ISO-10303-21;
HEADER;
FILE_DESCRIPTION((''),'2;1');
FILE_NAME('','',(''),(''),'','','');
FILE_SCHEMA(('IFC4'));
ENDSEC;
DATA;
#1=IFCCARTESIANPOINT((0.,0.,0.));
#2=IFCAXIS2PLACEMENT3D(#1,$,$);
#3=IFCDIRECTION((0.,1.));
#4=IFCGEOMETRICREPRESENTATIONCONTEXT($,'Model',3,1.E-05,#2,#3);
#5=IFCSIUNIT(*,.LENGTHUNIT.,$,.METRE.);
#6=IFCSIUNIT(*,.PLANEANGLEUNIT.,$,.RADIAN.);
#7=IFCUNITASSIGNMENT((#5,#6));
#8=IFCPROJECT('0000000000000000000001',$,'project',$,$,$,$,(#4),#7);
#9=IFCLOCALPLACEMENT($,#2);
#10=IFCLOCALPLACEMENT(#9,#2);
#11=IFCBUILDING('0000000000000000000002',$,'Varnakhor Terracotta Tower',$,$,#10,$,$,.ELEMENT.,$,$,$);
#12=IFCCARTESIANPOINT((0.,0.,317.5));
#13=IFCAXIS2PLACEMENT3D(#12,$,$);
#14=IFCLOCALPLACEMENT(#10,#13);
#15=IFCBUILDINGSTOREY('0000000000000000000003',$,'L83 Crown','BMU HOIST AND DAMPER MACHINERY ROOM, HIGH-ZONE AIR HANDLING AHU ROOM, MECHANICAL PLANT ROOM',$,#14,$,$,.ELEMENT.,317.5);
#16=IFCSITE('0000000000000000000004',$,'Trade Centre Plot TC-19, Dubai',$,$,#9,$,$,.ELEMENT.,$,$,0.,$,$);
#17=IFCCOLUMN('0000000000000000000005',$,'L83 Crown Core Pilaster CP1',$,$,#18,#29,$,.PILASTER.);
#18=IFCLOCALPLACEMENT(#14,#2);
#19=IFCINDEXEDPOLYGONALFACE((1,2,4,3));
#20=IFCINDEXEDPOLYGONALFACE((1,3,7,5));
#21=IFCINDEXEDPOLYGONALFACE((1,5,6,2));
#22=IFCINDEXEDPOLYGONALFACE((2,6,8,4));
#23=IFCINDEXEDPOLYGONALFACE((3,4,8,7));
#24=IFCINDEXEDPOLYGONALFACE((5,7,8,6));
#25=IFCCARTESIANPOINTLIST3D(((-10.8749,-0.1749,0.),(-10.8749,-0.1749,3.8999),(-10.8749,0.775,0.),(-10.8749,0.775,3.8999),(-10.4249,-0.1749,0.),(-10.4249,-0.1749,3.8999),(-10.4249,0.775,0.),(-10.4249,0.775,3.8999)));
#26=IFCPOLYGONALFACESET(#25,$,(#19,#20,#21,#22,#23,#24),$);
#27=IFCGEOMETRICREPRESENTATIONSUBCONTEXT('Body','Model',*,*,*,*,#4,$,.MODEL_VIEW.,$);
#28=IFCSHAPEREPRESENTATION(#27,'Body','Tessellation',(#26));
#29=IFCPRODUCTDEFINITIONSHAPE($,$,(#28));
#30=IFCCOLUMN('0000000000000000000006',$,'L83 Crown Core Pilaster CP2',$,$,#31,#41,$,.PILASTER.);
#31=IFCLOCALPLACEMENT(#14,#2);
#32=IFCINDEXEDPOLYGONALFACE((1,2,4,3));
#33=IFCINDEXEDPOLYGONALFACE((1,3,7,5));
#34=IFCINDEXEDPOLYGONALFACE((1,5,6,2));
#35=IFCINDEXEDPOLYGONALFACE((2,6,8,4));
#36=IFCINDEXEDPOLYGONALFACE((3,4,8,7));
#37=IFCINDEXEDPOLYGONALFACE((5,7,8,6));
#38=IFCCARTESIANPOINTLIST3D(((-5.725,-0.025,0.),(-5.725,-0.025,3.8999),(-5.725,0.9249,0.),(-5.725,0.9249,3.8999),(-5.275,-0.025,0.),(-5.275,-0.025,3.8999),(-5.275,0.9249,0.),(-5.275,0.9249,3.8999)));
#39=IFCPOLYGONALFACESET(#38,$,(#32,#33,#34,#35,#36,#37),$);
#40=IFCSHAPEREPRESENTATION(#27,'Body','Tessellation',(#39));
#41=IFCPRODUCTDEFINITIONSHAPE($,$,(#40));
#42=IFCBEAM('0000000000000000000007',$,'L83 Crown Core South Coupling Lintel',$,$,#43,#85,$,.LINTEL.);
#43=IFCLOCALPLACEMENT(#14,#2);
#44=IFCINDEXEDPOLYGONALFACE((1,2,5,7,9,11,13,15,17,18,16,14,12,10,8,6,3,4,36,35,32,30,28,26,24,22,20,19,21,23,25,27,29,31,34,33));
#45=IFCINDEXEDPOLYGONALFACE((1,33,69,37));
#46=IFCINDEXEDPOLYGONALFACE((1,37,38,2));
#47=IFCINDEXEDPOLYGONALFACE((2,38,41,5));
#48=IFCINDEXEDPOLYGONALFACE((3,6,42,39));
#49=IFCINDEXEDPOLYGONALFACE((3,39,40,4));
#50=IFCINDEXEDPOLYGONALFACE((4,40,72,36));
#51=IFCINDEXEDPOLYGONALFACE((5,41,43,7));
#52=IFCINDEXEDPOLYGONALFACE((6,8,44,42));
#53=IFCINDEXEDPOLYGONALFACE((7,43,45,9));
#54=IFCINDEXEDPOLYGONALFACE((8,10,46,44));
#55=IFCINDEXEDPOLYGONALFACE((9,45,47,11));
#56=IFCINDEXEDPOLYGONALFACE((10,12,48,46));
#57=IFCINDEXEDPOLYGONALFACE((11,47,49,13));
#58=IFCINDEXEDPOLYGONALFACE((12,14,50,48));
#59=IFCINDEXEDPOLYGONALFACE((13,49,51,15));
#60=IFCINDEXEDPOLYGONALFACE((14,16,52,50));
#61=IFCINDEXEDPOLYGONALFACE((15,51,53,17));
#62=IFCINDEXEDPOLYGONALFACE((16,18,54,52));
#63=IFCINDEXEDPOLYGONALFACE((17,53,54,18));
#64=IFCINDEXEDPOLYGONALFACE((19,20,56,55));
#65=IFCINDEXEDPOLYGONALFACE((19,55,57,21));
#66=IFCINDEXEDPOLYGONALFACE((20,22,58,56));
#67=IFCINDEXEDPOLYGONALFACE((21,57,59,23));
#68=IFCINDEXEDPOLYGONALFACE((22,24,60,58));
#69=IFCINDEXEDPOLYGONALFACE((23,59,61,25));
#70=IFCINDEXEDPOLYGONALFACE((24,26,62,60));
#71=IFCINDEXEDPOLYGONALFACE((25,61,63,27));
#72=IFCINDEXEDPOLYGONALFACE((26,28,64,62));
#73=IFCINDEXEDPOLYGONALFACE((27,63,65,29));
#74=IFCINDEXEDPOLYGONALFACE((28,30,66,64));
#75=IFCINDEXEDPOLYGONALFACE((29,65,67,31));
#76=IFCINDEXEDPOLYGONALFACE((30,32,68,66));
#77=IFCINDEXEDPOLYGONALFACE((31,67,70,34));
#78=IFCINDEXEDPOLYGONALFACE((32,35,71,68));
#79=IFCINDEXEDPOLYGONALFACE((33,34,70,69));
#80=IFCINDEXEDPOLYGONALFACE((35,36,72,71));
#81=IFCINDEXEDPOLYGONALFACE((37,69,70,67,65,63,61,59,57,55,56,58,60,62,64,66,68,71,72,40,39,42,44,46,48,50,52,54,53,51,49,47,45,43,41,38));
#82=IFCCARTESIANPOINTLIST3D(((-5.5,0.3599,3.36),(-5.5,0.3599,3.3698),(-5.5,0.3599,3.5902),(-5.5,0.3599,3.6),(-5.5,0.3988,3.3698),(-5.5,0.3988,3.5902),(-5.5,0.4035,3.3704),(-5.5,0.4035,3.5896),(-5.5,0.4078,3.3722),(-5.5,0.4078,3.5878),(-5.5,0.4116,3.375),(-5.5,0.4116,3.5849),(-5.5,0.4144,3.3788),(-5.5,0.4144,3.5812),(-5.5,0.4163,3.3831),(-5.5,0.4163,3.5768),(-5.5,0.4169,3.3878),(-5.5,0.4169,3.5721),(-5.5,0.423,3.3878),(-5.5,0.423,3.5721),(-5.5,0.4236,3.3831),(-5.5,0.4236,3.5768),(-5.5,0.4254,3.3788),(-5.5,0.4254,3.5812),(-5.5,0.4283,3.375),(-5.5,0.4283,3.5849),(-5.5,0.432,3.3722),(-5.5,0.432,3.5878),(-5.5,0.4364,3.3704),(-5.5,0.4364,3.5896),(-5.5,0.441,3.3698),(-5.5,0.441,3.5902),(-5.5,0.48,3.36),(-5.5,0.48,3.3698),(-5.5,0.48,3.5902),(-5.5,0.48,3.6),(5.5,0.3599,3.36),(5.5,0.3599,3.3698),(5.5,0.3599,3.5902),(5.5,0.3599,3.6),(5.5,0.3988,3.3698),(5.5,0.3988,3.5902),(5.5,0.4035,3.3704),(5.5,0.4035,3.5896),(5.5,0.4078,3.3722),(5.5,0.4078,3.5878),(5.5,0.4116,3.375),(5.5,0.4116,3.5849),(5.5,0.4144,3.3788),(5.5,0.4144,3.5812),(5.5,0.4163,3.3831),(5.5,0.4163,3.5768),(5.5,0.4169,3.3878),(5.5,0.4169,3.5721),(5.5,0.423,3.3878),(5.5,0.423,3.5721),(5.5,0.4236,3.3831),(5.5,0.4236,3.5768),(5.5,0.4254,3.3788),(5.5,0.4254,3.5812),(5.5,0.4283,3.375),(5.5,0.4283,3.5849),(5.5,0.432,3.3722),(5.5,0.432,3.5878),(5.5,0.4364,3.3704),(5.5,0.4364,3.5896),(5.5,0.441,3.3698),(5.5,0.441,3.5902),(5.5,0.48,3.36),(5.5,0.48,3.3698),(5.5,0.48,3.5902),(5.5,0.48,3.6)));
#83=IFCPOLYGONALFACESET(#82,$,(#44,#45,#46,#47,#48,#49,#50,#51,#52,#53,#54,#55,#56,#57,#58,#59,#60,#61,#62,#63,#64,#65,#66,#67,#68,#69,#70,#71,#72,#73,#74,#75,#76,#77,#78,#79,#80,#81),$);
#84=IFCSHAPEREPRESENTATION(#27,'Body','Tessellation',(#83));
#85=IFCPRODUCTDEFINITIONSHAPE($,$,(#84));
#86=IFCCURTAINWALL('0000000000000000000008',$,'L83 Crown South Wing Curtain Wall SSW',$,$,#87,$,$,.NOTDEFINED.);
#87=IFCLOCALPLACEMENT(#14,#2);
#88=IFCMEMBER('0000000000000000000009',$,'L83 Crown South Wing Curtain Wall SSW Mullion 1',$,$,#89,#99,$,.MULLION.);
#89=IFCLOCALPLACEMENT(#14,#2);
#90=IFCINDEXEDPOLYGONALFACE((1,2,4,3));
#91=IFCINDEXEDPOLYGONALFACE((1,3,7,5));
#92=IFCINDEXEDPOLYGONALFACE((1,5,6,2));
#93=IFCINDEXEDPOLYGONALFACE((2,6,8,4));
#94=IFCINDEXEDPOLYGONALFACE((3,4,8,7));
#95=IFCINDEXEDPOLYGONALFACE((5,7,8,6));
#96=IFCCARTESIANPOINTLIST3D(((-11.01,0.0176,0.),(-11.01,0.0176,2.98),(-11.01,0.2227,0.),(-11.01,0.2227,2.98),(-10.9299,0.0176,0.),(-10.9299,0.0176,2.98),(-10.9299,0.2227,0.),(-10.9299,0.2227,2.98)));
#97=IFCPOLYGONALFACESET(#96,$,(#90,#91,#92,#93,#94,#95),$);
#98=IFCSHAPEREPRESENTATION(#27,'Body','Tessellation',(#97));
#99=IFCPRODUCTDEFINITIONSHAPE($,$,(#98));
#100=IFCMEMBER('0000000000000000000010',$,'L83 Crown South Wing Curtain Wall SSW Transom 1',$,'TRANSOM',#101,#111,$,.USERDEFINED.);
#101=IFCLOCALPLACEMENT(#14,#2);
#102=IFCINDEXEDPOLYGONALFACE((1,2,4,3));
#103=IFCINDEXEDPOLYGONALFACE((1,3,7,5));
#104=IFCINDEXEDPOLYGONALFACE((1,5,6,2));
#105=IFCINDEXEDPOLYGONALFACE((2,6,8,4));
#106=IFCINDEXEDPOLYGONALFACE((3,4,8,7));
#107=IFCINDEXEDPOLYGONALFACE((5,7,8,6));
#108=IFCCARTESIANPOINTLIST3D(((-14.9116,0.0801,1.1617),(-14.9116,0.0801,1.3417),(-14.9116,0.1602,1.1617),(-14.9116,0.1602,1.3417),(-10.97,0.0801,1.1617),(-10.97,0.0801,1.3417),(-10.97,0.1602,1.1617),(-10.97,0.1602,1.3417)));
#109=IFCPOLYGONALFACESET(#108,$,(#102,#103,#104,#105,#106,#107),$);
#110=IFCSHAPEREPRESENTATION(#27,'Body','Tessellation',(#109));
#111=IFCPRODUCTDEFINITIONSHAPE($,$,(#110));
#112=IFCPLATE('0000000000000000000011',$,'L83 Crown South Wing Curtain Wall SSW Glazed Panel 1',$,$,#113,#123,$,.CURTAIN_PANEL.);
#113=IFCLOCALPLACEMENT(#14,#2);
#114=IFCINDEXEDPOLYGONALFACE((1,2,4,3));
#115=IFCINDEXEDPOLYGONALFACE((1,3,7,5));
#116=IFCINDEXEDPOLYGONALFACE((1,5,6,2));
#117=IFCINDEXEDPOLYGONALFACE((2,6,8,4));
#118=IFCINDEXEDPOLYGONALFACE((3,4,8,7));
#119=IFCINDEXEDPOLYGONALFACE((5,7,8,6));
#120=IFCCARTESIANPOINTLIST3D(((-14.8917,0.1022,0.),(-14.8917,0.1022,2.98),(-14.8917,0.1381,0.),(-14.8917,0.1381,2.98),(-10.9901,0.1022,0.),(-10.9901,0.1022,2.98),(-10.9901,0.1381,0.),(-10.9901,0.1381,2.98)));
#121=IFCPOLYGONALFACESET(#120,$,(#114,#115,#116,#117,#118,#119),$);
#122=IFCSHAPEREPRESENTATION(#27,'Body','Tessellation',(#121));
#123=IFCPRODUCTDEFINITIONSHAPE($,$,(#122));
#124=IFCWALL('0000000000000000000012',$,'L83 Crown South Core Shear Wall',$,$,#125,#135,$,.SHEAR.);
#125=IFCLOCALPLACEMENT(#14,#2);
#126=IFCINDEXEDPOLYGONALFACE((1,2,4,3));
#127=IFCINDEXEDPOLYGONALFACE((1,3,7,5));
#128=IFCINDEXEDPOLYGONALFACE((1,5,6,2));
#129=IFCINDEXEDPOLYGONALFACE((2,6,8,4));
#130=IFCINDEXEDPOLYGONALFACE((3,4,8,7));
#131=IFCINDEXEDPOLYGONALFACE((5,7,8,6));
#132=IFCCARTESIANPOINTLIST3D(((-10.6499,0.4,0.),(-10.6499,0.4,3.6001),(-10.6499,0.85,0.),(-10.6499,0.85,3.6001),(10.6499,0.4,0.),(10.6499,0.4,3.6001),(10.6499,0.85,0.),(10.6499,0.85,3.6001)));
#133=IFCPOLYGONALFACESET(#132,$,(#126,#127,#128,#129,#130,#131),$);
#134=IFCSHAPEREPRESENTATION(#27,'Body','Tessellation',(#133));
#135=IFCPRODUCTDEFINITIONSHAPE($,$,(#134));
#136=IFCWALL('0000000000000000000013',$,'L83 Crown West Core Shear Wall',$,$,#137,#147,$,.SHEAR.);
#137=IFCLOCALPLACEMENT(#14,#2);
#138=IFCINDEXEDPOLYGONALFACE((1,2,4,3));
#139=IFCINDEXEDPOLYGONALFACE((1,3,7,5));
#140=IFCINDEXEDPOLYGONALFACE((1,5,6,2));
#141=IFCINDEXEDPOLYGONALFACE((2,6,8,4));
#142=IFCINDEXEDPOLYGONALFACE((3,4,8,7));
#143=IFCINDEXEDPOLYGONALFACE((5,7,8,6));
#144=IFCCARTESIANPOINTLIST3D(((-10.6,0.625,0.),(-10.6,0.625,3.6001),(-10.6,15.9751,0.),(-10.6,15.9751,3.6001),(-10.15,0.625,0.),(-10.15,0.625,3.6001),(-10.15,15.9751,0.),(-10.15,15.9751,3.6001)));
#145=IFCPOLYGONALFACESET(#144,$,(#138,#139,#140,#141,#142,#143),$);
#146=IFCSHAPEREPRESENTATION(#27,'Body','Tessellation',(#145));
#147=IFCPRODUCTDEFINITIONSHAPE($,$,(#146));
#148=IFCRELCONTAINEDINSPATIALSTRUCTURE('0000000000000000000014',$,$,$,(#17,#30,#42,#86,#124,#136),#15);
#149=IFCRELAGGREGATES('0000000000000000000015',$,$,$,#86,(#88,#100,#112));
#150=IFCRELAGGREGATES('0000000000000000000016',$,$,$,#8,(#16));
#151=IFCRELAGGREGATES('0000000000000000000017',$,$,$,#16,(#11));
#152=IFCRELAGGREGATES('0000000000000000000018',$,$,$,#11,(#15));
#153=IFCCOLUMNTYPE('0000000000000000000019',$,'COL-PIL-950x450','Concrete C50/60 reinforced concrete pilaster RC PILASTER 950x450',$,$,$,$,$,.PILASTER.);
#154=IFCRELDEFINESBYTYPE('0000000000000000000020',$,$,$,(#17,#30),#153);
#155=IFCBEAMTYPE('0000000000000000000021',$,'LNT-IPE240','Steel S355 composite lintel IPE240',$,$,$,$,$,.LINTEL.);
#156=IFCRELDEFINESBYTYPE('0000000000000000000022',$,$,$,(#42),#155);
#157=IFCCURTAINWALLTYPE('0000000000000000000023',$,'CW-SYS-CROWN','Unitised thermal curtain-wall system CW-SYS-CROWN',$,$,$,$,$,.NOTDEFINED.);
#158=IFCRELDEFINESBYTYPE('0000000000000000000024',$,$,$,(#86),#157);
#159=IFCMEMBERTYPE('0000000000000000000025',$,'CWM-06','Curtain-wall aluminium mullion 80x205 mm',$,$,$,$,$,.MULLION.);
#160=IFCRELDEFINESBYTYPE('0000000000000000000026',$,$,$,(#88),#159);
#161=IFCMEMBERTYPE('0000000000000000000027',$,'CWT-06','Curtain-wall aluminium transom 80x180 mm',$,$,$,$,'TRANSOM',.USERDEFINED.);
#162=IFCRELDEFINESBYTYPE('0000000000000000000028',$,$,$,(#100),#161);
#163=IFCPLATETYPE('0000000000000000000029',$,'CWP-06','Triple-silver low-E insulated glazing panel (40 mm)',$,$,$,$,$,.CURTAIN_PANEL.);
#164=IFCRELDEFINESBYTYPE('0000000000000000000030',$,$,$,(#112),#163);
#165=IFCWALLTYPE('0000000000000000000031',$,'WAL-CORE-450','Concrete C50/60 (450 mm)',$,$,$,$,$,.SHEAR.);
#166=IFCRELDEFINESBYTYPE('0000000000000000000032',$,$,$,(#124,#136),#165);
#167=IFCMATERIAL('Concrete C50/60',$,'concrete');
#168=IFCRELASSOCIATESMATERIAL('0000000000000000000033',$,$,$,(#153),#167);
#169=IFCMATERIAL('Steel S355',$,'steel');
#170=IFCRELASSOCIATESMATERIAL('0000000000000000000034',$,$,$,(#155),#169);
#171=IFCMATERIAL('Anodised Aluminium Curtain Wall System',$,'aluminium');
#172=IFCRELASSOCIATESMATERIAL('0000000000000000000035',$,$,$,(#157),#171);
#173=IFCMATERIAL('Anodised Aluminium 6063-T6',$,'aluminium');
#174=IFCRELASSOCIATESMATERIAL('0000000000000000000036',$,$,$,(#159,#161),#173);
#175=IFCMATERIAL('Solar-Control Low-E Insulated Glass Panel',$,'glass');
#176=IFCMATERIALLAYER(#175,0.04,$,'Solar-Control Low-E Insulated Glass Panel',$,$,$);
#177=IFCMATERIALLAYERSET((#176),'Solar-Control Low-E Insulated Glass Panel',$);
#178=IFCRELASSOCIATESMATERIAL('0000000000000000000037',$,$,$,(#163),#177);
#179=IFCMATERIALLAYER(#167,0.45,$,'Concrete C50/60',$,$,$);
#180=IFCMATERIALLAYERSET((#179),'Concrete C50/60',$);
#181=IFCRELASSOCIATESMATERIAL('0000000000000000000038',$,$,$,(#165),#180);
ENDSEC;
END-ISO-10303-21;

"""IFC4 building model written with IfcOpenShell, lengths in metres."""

from ifc_helpers import new_model, si_unit, direction, frame, frame_2d, origin, origin_2d, place, context, subcontext, project, spatial, rectangle, i_section, extrude, source, transform, mapped, material, layer, layer_set, material_profile, profile_set, type_object, type_shapes, element, aggregate, save


model = new_model("IFC4")

# Units and contexts
model_context = context("Model", 3, precision=1e-05, world=origin(), true_north=direction((0.0, 1.0)))
body_context = subcontext(model_context, "Body", "Model", "MODEL_VIEW")
ifc_project = project(units=[si_unit("LENGTHUNIT", "METRE"), si_unit("PLANEANGLEUNIT", "RADIAN")], contexts=[model_context])

# Site, building, storey
site_placement = place(None, origin())
site = spatial("IfcSite", under=ifc_project, at=site_placement, Name="Trade Centre Plot TC-19, Dubai", CompositionType="ELEMENT", RefElevation=0.0)
building_placement = place(site_placement, origin())
building = spatial("IfcBuilding", under=site, at=building_placement, Name="Varnakhor Terracotta Tower", CompositionType="ELEMENT")
storey_placement = place(building_placement, frame((0.0, 0.0, 317.5)))
storey = spatial("IfcBuildingStorey", under=building, at=storey_placement, Name="L83 Crown", Description="BMU HOIST AND DAMPER MACHINERY ROOM, HIGH-ZONE AIR HANDLING AHU ROOM, MECHANICAL PLANT ROOM", CompositionType="ELEMENT", Elevation=317.5)

# Columns
ifc_material_1 = material(Name="Concrete C50/60", Category="concrete")
ifc_material_profile_1 = material_profile(ifc_material_1, rectangle(XDim=0.45, YDim=0.95, at=origin_2d()), Name="RC PILASTER 950x450")
ifc_profile_set_1 = profile_set([ifc_material_profile_1], Name="Concrete C50/60")
column_type = type_object("IfcColumnType", Name="COL-PIL-950x450", Description="Concrete C50/60 reinforced concrete pilaster RC PILASTER 950x450", PredefinedType="PILASTER", material=ifc_profile_set_1)
shared_shape_1 = source(origin(), body_context, "Body", "SweptSolid", [
    extrude(rectangle(XDim=0.45, YDim=0.95, at=origin_2d()), origin(), (0.0, 0.0, 1.0), 3.8999),
])
for number, where, z_axis, x_axis, name in (
    (1, (-10.6499, 0.3, 0.0), (0.0, 0.0, 1.0), (1.0, 0.0, 0.0), "L83 Crown Core Pilaster CP1"),
    (2, (-5.5, 0.45, 0.0), (0.0, 0.0, 1.0), (1.0, 0.0, 0.0), "L83 Crown Core Pilaster CP2"),
):
    element("IfcColumn", number, at=place(storey_placement, frame(where, z_axis=z_axis, x_axis=x_axis)), inside=storey, type_object=column_type, Name=name, PredefinedType="PILASTER", context=body_context, shape_type="MappedRepresentation", body=[
        mapped(shared_shape_1, transform((0.0, 0.0, 0.0), scale=1.0)),
    ])

# Beam
ifc_material_2 = material(Name="Steel S355", Category="steel")
ifc_material_profile_2 = material_profile(ifc_material_2, i_section(OverallWidth=0.1201, OverallDepth=0.24, WebThickness=0.0061, FlangeThickness=0.0098, FilletRadius=0.0181, at=origin_2d()), Name="IPE240")
ifc_profile_set_2 = profile_set([ifc_material_profile_2], Name="Steel S355")
beam_type = type_object("IfcBeamType", Name="LNT-IPE240", Description="Steel S355 composite lintel IPE240", PredefinedType="LINTEL", material=ifc_profile_set_2)
shared_shape_2 = source(origin(), body_context, "Body", "SweptSolid", [
    extrude(i_section(OverallWidth=0.1201, OverallDepth=0.24, WebThickness=0.0061, FlangeThickness=0.0098, FilletRadius=0.0181, at=origin_2d()), origin(), (0.0, 0.0, 1.0), 11.0),
])
type_shapes(beam_type, [shared_shape_2])
beam_placement = place(storey_placement, frame((-5.5, 0.4199, 3.48), z_axis=(1.0, 0.0, 0.0), x_axis=(0.0, 1.0, 0.0)))
element("IfcBeam", 3, at=beam_placement, inside=storey, type_object=beam_type, Name="L83 Crown Core South Coupling Lintel", PredefinedType="LINTEL", context=body_context, shape_type="MappedRepresentation", body=[
    mapped(shared_shape_2, transform((0.0, 0.0, 0.0), scale=1.0)),
])

# Curtain wall, members, plate
ifc_material_3 = material(Name="Anodised Aluminium Curtain Wall System", Category="aluminium")
curtain_wall_type = type_object("IfcCurtainWallType", Name="CW-SYS-CROWN", Description="Unitised thermal curtain-wall system CW-SYS-CROWN", PredefinedType="NOTDEFINED", material=ifc_material_3)
curtain_wall_placement = place(storey_placement, origin())
curtain_wall = element("IfcCurtainWall", 4, at=curtain_wall_placement, inside=storey, type_object=curtain_wall_type, Name="L83 Crown South Wing Curtain Wall SSW", PredefinedType="NOTDEFINED")
ifc_material_4 = material(Name="Anodised Aluminium 6063-T6", Category="aluminium")
ifc_material_profile_3 = material_profile(ifc_material_4, rectangle(XDim=0.0801, YDim=0.2051, at=origin_2d()), Name="ALU MULLION 80x205")
ifc_profile_set_3 = profile_set([ifc_material_profile_3], Name="Anodised Aluminium 6063-T6")
member_type_1 = type_object("IfcMemberType", Name="CWM-06", Description="Curtain-wall aluminium mullion 80x205 mm", PredefinedType="MULLION", material=ifc_profile_set_3)
shared_shape_3 = source(origin(), body_context, "Body", "SweptSolid", [
    extrude(rectangle(XDim=0.0801, YDim=0.2051, at=origin_2d()), origin(), (0.0, 0.0, 1.0), 2.98),
])
type_shapes(member_type_1, [shared_shape_3])
member_1_placement = place(storey_placement, frame((-10.97, 0.1201, 0.0), z_axis=(0.0, 0.0, 1.0), x_axis=(1.0, 0.0, 0.0)))
member_1 = element("IfcMember", 5, at=member_1_placement, type_object=member_type_1, Name="L83 Crown South Wing Curtain Wall SSW Mullion 1", PredefinedType="MULLION", context=body_context, shape_type="MappedRepresentation", body=[
    mapped(shared_shape_3, transform((0.0, 0.0, 0.0), scale=1.0)),
])
ifc_material_profile_4 = material_profile(ifc_material_4, rectangle(XDim=0.0801, YDim=0.1799, at=origin_2d()), Name="ALU TRANSOM 80x180")
ifc_profile_set_4 = profile_set([ifc_material_profile_4], Name="Anodised Aluminium 6063-T6")
member_type_2 = type_object("IfcMemberType", Name="CWT-06", Description="Curtain-wall aluminium transom 80x180 mm", ElementType="TRANSOM", PredefinedType="USERDEFINED", material=ifc_profile_set_4)
shared_shape_4 = source(origin(), body_context, "Body", "SweptSolid", [
    extrude(rectangle(XDim=0.0801, YDim=0.1799, at=origin_2d()), origin(), (0.0, 0.0, 1.0), 3.9417),
])
member_2_placement = place(storey_placement, frame((-10.97, 0.1201, 1.2517), z_axis=(-1.0, 0.0, 0.0), x_axis=(0.0, -1.0, 0.0)))
member_2 = element("IfcMember", 6, at=member_2_placement, type_object=member_type_2, Name="L83 Crown South Wing Curtain Wall SSW Transom 1", ObjectType="TRANSOM", PredefinedType="USERDEFINED", context=body_context, shape_type="MappedRepresentation", body=[
    mapped(shared_shape_4, transform((0.0, 0.0, 0.0), scale=1.0)),
])
ifc_material_5 = material(Name="Solar-Control Low-E Insulated Glass Panel", Category="glass")
ifc_layer_1 = layer(ifc_material_5, 0.04, Name="Solar-Control Low-E Insulated Glass Panel")
ifc_layer_set_1 = layer_set([ifc_layer_1], Name="Solar-Control Low-E Insulated Glass Panel")
plate_type = type_object("IfcPlateType", Name="CWP-06", Description="Triple-silver low-E insulated glazing panel (40 mm)", PredefinedType="CURTAIN_PANEL", material=ifc_layer_set_1)
shared_shape_5 = source(origin(), body_context, "Body", "SweptSolid", [
    extrude(rectangle(XDim=3.9016, YDim=0.0359, at=origin_2d()), origin(), (0.0, 0.0, 1.0), 2.98),
])
plate_placement = place(storey_placement, frame((-12.9409, 0.1201, 0.0), z_axis=(0.0, 0.0, 1.0), x_axis=(-1.0, 0.0, 0.0)))
plate = element("IfcPlate", 7, at=plate_placement, type_object=plate_type, Name="L83 Crown South Wing Curtain Wall SSW Glazed Panel 1", PredefinedType="CURTAIN_PANEL", context=body_context, shape_type="MappedRepresentation", body=[
    mapped(shared_shape_5, transform((0.0, 0.0, 0.0), scale=1.0)),
])
aggregate(curtain_wall, [member_1, member_2, plate])

# Walls
ifc_layer_2 = layer(ifc_material_1, 0.45, Name="Concrete C50/60")
ifc_layer_set_2 = layer_set([ifc_layer_2], Name="Concrete C50/60")
wall_type_1 = type_object("IfcWallType", Name="WAL-CORE-450", Description="Concrete C50/60 (450 mm)", PredefinedType="SHEAR", material=ifc_layer_set_2)
wall_1_placement = place(storey_placement, frame((-10.6499, 0.625, 0.0), z_axis=(0.0, 0.0, 1.0), x_axis=(1.0, 0.0, 0.0)))
element("IfcWall", 8, at=wall_1_placement, inside=storey, type_object=wall_type_1, Name="L83 Crown South Core Shear Wall", PredefinedType="SHEAR", context=body_context, shape_type="SweptSolid", body=[
    extrude(rectangle(XDim=21.2998, YDim=0.45, at=frame_2d((10.6499, 0.0))), origin(), (0.0, 0.0, 1.0), 3.6001),
])
wall_2_placement = place(storey_placement, frame((-10.375, 0.625, 0.0), z_axis=(0.0, 0.0, 1.0), x_axis=(0.0, 1.0, 0.0)))
element("IfcWall", 9, at=wall_2_placement, inside=storey, type_object=wall_type_1, Name="L83 Crown West Core Shear Wall", PredefinedType="SHEAR", context=body_context, shape_type="SweptSolid", body=[
    extrude(rectangle(XDim=15.3501, YDim=0.45, at=frame_2d((7.675, 0.0))), origin(), (0.0, 0.0, 1.0), 3.6001),
])

save(model, "model.ifc")
